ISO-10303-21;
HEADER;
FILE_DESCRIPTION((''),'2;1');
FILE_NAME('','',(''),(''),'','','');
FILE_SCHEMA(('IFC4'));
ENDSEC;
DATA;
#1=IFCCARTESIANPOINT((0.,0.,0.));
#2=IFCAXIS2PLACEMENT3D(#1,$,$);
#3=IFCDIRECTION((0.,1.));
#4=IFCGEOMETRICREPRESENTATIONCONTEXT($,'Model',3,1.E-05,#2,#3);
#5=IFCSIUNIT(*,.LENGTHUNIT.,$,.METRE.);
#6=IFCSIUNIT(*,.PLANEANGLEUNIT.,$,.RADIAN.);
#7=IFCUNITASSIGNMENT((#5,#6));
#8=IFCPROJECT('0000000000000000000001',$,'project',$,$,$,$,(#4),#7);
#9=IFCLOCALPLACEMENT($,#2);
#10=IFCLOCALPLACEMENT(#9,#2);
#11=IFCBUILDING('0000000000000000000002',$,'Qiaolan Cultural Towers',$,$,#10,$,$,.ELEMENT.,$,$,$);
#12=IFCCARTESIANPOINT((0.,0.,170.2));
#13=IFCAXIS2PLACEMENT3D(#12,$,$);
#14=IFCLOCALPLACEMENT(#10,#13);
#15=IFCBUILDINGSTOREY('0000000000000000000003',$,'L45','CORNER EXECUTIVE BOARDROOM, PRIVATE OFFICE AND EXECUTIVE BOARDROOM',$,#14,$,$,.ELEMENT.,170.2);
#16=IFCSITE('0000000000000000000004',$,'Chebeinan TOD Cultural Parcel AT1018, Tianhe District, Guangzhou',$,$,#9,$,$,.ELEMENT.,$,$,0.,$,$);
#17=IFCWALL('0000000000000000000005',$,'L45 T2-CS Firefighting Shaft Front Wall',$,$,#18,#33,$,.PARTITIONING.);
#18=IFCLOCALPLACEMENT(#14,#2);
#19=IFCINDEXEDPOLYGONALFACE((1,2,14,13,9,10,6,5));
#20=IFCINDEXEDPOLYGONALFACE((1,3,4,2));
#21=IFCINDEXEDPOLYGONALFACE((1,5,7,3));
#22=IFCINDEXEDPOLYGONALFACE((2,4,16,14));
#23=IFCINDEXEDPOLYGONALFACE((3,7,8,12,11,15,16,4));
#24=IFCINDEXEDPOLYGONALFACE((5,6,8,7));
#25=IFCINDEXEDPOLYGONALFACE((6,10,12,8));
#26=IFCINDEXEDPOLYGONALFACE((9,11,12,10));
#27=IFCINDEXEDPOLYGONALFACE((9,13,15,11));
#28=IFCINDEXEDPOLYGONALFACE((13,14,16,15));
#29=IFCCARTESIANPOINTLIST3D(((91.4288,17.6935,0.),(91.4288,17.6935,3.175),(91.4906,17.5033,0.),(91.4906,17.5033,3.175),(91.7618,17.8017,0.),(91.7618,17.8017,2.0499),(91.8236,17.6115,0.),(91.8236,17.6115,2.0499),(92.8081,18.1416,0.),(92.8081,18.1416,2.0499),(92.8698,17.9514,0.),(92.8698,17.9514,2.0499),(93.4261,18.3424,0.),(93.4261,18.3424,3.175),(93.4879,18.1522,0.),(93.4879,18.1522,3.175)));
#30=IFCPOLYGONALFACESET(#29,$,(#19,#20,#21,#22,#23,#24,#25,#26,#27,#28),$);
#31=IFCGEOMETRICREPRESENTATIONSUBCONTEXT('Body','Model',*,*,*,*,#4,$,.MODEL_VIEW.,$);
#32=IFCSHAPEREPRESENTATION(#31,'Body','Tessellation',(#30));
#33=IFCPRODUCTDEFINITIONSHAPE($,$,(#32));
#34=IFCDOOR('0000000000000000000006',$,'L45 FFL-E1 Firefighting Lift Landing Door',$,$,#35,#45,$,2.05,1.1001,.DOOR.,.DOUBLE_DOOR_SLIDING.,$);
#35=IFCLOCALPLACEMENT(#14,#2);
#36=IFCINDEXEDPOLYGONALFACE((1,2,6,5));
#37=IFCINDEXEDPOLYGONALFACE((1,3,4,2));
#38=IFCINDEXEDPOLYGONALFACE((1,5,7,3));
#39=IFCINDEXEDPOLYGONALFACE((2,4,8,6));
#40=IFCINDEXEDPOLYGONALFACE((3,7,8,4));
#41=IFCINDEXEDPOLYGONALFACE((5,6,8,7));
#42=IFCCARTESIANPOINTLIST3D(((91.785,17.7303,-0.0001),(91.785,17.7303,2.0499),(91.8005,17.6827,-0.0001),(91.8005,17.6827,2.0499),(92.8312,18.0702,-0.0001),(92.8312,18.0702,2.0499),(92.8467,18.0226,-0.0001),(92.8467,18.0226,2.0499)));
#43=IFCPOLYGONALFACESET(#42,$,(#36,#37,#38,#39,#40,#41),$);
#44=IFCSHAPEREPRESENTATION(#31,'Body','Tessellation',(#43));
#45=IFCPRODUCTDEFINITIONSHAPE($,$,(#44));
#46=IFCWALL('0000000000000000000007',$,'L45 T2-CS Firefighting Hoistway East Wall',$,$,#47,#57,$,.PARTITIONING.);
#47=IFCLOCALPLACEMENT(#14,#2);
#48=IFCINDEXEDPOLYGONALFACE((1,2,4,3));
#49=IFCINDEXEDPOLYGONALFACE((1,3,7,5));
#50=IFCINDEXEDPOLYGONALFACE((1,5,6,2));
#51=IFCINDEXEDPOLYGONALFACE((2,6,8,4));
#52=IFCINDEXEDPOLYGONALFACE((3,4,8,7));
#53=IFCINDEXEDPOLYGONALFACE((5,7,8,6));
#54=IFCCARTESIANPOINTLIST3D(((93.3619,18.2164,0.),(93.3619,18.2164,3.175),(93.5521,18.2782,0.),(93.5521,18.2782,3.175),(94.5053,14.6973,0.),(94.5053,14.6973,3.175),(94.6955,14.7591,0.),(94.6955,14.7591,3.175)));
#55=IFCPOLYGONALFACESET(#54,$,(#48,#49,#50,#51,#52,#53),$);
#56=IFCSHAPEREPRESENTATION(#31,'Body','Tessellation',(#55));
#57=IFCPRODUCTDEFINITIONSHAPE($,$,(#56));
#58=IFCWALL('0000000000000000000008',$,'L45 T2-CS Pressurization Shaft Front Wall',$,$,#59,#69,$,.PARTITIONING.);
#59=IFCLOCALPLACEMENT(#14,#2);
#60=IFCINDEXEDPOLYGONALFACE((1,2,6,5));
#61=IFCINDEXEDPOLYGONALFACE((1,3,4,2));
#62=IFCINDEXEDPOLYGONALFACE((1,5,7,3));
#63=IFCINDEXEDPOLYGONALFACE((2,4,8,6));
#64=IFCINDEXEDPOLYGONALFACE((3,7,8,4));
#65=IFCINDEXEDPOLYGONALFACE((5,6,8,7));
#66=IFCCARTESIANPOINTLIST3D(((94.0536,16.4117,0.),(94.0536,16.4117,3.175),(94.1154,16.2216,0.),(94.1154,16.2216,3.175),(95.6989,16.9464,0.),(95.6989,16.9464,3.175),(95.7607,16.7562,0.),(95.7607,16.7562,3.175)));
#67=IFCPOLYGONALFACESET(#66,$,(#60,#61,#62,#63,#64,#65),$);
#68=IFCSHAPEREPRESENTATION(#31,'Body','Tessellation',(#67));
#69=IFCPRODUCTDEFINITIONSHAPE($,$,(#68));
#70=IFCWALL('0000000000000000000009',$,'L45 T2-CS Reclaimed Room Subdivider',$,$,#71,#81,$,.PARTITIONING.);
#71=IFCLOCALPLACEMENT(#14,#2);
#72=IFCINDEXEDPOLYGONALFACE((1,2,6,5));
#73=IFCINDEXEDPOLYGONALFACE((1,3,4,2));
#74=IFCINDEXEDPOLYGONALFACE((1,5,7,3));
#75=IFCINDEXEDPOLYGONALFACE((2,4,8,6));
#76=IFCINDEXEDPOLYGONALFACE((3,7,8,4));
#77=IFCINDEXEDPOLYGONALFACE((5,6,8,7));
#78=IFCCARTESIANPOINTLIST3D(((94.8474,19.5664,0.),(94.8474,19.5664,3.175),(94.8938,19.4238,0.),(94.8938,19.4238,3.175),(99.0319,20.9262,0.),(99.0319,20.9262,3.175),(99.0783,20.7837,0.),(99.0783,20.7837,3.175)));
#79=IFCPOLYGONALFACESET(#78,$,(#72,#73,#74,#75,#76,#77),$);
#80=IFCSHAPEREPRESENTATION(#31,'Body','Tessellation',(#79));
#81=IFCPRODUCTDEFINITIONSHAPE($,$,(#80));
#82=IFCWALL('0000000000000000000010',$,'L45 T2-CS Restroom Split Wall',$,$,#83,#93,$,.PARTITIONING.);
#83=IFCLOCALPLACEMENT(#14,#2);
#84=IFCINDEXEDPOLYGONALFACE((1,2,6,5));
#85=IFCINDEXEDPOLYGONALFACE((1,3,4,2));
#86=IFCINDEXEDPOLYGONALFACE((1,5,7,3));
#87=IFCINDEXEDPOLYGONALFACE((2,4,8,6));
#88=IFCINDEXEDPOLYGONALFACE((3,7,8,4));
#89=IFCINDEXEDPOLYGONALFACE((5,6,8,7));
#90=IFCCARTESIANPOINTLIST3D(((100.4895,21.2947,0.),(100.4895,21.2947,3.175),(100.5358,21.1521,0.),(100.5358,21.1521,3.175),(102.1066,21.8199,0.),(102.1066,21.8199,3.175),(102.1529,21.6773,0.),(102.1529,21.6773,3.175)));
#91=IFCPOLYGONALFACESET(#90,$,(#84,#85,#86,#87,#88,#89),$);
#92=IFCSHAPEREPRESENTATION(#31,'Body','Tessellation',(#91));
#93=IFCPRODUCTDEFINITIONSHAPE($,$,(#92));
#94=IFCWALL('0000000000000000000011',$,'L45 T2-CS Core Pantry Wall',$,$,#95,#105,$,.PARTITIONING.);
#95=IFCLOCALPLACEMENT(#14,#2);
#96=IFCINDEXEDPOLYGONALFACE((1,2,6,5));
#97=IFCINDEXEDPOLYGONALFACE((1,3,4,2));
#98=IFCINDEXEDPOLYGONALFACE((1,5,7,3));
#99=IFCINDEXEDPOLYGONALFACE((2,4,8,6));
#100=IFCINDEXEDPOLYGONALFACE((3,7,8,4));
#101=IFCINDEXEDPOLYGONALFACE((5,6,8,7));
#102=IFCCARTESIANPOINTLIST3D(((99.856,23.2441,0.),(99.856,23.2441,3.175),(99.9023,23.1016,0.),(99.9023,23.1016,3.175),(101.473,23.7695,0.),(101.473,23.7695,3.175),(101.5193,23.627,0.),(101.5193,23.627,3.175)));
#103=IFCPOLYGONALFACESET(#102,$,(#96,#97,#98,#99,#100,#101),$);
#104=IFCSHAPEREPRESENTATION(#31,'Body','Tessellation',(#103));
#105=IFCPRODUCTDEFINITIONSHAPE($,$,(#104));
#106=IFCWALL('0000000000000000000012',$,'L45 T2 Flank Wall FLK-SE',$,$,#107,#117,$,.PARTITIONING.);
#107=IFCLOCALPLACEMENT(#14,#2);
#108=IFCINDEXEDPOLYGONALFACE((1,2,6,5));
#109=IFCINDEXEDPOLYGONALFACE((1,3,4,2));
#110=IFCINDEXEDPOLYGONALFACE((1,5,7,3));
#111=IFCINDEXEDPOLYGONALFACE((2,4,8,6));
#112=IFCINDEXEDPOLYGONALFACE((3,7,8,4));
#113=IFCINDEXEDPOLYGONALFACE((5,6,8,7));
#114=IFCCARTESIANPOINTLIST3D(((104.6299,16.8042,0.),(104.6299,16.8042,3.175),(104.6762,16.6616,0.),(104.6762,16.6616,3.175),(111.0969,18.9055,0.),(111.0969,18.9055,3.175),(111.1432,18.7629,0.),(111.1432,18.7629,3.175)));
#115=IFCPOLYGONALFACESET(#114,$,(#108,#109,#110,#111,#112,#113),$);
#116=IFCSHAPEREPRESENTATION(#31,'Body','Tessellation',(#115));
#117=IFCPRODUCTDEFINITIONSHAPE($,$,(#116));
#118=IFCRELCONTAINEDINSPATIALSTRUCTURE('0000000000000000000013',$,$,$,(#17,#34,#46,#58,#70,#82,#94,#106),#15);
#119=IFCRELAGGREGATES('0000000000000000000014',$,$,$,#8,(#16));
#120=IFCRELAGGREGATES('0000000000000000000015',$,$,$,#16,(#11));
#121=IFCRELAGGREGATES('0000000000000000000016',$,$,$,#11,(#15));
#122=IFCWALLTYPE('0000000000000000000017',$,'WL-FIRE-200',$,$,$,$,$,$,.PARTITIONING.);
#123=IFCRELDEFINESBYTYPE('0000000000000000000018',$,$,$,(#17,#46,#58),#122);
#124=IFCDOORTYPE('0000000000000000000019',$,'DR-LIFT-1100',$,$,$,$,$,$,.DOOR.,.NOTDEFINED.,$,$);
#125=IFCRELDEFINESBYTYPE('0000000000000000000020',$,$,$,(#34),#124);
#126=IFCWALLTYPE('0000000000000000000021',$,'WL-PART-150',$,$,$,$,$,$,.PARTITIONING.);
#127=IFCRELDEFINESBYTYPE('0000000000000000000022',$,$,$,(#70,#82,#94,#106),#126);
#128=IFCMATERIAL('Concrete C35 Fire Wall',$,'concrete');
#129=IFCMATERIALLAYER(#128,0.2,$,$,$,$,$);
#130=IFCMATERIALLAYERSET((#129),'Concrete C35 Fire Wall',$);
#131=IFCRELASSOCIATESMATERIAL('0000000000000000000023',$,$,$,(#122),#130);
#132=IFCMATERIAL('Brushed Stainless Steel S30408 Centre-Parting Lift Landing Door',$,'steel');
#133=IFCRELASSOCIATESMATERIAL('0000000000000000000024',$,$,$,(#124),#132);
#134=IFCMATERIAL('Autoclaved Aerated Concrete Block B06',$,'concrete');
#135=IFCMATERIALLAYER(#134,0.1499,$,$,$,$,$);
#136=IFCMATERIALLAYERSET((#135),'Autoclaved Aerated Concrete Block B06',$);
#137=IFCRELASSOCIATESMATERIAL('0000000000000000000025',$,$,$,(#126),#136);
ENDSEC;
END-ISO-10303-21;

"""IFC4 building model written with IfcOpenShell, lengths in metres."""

from ifc_helpers import new_model, si_unit, direction, frame, frame_2d, origin, place, context, subcontext, project, spatial, rectangle, extrude, material, layer, layer_set, type_object, element, fill, save


model = new_model("IFC4")

# Units and contexts
model_context = context("Model", 3, precision=1e-05, world=origin(), true_north=direction((0.0, 1.0)))
body_context = subcontext(model_context, "Body", "Model", "MODEL_VIEW")
ifc_project = project(units=[si_unit("LENGTHUNIT", "METRE"), si_unit("PLANEANGLEUNIT", "RADIAN")], contexts=[model_context])

# Site, building, storey
site_placement = place(None, origin())
site = spatial("IfcSite", under=ifc_project, at=site_placement, Name="Chebeinan TOD Cultural Parcel AT1018, Tianhe District, Guangzhou", CompositionType="ELEMENT", RefElevation=0.0)
building_placement = place(site_placement, origin())
building = spatial("IfcBuilding", under=site, at=building_placement, Name="Qiaolan Cultural Towers", CompositionType="ELEMENT")
storey_placement = place(building_placement, frame((0.0, 0.0, 170.2)))
storey = spatial("IfcBuildingStorey", under=building, at=storey_placement, Name="L45", Description="CORNER EXECUTIVE BOARDROOM, PRIVATE OFFICE AND EXECUTIVE BOARDROOM", CompositionType="ELEMENT", Elevation=170.2)

# Shared definitions
ifc_material_1 = material(Name="Concrete C35 Fire Wall", Category="concrete")
ifc_layer_1 = layer(ifc_material_1, 0.2)
ifc_layer_set_1 = layer_set([ifc_layer_1], Name="Concrete C35 Fire Wall")
wall_type_1 = type_object("IfcWallType", Name="WL-FIRE-200", PredefinedType="PARTITIONING", material=ifc_layer_set_1)

# Wall, opening, door
wall_1_placement = place(storey_placement, frame((91.4597, 17.5984, 0.0), z_axis=(0.0, 0.0, 1.0), x_axis=(0.951062, 0.308999, 0.0)))
wall_1 = element("IfcWall", 1, at=wall_1_placement, inside=storey, type_object=wall_type_1, Name="L45 T2-CS Firefighting Shaft Front Wall", PredefinedType="PARTITIONING", context=body_context, shape_type="SweptSolid", body=[
    extrude(rectangle(XDim=2.1001, YDim=0.2, at=frame_2d((1.05, 0.0))), origin(), (0.0, 0.0, 1.0), 3.175),
])
opening_placement = place(wall_1_placement, frame((0.3501, 0.0, 0.0)))
opening = element("IfcOpeningElement", 2, at=opening_placement, cuts=wall_1, PredefinedType="OPENING", context=body_context, shape_type="SweptSolid", body=[
    extrude(rectangle(XDim=1.1001, YDim=2.05, at=frame_2d((0.55, 1.0249))), frame((0.0, 0.1099, 0.0), z_axis=(0.0, -1.0, 0.0), x_axis=(1.0, 0.0, 0.0)), (0.0, 0.0, 1.0), 0.22),
])
ifc_material_2 = material(Name="Brushed Stainless Steel S30408 Centre-Parting Lift Landing Door", Category="steel")
door_type = type_object("IfcDoorType", Name="DR-LIFT-1100", OperationType="NOTDEFINED", PredefinedType="DOOR", material=ifc_material_2)
door_placement = place(opening_placement, origin())
door = element("IfcDoor", 3, at=door_placement, inside=storey, type_object=door_type, Name="L45 FFL-E1 Firefighting Lift Landing Door", OperationType="DOUBLE_DOOR_SLIDING", OverallHeight=2.05, OverallWidth=1.1001, PredefinedType="DOOR", context=body_context, shape_type="SweptSolid", body=[
    extrude(rectangle(XDim=1.1001, YDim=2.05, at=frame_2d((0.55, 1.0249))), frame((0.0, 0.0249, 0.0), z_axis=(0.0, -1.0, 0.0), x_axis=(1.0, 0.0, 0.0)), (0.0, 0.0, 1.0), 0.05),
])
fill(opening, door)

# Walls
wall_2_placement = place(storey_placement, frame((93.457, 18.2473, 0.0), z_axis=(0.0, 0.0, 1.0), x_axis=(0.308994, -0.951064, 0.0)))
element("IfcWall", 4, at=wall_2_placement, inside=storey, type_object=wall_type_1, Name="L45 T2-CS Firefighting Hoistway East Wall", PredefinedType="PARTITIONING", context=body_context, shape_type="SweptSolid", body=[
    extrude(rectangle(XDim=3.7002, YDim=0.2, at=frame_2d((1.8501, 0.0))), origin(), (0.0, 0.0, 1.0), 3.175),
])
wall_3_placement = place(storey_placement, frame((94.0845, 16.3167, 0.0), z_axis=(0.0, 0.0, 1.0), x_axis=(0.951041, 0.309064, 0.0)))
element("IfcWall", 5, at=wall_3_placement, inside=storey, type_object=wall_type_1, Name="L45 T2-CS Pressurization Shaft Front Wall", PredefinedType="PARTITIONING", context=body_context, shape_type="SweptSolid", body=[
    extrude(rectangle(XDim=1.73, YDim=0.2, at=frame_2d((0.865, 0.0))), origin(), (0.0, 0.0, 1.0), 3.175),
])
ifc_material_3 = material(Name="Autoclaved Aerated Concrete Block B06", Category="concrete")
ifc_layer_2 = layer(ifc_material_3, 0.1499)
ifc_layer_set_2 = layer_set([ifc_layer_2], Name="Autoclaved Aerated Concrete Block B06")
wall_type_2 = type_object("IfcWallType", Name="WL-PART-150", PredefinedType="PARTITIONING", material=ifc_layer_set_2)
wall_4_placement = place(storey_placement, frame((94.8706, 19.4951, 0.0), z_axis=(0.0, 0.0, 1.0), x_axis=(0.951042, 0.309061, 0.0)))
element("IfcWall", 6, at=wall_4_placement, inside=storey, type_object=wall_type_2, Name="L45 T2-CS Reclaimed Room Subdivider", PredefinedType="PARTITIONING", context=body_context, shape_type="SweptSolid", body=[
    extrude(rectangle(XDim=4.3999, YDim=0.1499, at=frame_2d((2.2, 0.0))), origin(), (0.0, 0.0, 1.0), 3.175),
])
for number, where, z_axis, x_axis, name in (
    (7, (100.5127, 21.2234, 0.0), (0.0, 0.0, 1.0), (0.951096, 0.308894, 0.0), "L45 T2-CS Restroom Split Wall"),
    (8, (99.8792, 23.1729, 0.0), (0.0, 0.0, 1.0), (0.951054, 0.309024, 0.0), "L45 T2-CS Core Pantry Wall"),
):
    element("IfcWall", number, at=place(storey_placement, frame(where, z_axis=z_axis, x_axis=x_axis)), inside=storey, type_object=wall_type_2, Name=name, PredefinedType="PARTITIONING", context=body_context, shape_type="SweptSolid", body=[
        extrude(rectangle(XDim=1.7002, YDim=0.1499, at=frame_2d((0.8501, 0.0))), origin(), (0.0, 0.0, 1.0), 3.175),
    ])
wall_5_placement = place(storey_placement, frame((104.6531, 16.7329, 0.0), z_axis=(0.0, 0.0, 1.0), x_axis=(0.951054, 0.309024, 0.0)))
element("IfcWall", 9, at=wall_5_placement, inside=storey, type_object=wall_type_2, Name="L45 T2 Flank Wall FLK-SE", PredefinedType="PARTITIONING", context=body_context, shape_type="SweptSolid", body=[
    extrude(rectangle(XDim=6.7998, YDim=0.1499, at=frame_2d((3.3999, 0.0))), origin(), (0.0, 0.0, 1.0), 3.175),
])

save(model, "model.ifc")
